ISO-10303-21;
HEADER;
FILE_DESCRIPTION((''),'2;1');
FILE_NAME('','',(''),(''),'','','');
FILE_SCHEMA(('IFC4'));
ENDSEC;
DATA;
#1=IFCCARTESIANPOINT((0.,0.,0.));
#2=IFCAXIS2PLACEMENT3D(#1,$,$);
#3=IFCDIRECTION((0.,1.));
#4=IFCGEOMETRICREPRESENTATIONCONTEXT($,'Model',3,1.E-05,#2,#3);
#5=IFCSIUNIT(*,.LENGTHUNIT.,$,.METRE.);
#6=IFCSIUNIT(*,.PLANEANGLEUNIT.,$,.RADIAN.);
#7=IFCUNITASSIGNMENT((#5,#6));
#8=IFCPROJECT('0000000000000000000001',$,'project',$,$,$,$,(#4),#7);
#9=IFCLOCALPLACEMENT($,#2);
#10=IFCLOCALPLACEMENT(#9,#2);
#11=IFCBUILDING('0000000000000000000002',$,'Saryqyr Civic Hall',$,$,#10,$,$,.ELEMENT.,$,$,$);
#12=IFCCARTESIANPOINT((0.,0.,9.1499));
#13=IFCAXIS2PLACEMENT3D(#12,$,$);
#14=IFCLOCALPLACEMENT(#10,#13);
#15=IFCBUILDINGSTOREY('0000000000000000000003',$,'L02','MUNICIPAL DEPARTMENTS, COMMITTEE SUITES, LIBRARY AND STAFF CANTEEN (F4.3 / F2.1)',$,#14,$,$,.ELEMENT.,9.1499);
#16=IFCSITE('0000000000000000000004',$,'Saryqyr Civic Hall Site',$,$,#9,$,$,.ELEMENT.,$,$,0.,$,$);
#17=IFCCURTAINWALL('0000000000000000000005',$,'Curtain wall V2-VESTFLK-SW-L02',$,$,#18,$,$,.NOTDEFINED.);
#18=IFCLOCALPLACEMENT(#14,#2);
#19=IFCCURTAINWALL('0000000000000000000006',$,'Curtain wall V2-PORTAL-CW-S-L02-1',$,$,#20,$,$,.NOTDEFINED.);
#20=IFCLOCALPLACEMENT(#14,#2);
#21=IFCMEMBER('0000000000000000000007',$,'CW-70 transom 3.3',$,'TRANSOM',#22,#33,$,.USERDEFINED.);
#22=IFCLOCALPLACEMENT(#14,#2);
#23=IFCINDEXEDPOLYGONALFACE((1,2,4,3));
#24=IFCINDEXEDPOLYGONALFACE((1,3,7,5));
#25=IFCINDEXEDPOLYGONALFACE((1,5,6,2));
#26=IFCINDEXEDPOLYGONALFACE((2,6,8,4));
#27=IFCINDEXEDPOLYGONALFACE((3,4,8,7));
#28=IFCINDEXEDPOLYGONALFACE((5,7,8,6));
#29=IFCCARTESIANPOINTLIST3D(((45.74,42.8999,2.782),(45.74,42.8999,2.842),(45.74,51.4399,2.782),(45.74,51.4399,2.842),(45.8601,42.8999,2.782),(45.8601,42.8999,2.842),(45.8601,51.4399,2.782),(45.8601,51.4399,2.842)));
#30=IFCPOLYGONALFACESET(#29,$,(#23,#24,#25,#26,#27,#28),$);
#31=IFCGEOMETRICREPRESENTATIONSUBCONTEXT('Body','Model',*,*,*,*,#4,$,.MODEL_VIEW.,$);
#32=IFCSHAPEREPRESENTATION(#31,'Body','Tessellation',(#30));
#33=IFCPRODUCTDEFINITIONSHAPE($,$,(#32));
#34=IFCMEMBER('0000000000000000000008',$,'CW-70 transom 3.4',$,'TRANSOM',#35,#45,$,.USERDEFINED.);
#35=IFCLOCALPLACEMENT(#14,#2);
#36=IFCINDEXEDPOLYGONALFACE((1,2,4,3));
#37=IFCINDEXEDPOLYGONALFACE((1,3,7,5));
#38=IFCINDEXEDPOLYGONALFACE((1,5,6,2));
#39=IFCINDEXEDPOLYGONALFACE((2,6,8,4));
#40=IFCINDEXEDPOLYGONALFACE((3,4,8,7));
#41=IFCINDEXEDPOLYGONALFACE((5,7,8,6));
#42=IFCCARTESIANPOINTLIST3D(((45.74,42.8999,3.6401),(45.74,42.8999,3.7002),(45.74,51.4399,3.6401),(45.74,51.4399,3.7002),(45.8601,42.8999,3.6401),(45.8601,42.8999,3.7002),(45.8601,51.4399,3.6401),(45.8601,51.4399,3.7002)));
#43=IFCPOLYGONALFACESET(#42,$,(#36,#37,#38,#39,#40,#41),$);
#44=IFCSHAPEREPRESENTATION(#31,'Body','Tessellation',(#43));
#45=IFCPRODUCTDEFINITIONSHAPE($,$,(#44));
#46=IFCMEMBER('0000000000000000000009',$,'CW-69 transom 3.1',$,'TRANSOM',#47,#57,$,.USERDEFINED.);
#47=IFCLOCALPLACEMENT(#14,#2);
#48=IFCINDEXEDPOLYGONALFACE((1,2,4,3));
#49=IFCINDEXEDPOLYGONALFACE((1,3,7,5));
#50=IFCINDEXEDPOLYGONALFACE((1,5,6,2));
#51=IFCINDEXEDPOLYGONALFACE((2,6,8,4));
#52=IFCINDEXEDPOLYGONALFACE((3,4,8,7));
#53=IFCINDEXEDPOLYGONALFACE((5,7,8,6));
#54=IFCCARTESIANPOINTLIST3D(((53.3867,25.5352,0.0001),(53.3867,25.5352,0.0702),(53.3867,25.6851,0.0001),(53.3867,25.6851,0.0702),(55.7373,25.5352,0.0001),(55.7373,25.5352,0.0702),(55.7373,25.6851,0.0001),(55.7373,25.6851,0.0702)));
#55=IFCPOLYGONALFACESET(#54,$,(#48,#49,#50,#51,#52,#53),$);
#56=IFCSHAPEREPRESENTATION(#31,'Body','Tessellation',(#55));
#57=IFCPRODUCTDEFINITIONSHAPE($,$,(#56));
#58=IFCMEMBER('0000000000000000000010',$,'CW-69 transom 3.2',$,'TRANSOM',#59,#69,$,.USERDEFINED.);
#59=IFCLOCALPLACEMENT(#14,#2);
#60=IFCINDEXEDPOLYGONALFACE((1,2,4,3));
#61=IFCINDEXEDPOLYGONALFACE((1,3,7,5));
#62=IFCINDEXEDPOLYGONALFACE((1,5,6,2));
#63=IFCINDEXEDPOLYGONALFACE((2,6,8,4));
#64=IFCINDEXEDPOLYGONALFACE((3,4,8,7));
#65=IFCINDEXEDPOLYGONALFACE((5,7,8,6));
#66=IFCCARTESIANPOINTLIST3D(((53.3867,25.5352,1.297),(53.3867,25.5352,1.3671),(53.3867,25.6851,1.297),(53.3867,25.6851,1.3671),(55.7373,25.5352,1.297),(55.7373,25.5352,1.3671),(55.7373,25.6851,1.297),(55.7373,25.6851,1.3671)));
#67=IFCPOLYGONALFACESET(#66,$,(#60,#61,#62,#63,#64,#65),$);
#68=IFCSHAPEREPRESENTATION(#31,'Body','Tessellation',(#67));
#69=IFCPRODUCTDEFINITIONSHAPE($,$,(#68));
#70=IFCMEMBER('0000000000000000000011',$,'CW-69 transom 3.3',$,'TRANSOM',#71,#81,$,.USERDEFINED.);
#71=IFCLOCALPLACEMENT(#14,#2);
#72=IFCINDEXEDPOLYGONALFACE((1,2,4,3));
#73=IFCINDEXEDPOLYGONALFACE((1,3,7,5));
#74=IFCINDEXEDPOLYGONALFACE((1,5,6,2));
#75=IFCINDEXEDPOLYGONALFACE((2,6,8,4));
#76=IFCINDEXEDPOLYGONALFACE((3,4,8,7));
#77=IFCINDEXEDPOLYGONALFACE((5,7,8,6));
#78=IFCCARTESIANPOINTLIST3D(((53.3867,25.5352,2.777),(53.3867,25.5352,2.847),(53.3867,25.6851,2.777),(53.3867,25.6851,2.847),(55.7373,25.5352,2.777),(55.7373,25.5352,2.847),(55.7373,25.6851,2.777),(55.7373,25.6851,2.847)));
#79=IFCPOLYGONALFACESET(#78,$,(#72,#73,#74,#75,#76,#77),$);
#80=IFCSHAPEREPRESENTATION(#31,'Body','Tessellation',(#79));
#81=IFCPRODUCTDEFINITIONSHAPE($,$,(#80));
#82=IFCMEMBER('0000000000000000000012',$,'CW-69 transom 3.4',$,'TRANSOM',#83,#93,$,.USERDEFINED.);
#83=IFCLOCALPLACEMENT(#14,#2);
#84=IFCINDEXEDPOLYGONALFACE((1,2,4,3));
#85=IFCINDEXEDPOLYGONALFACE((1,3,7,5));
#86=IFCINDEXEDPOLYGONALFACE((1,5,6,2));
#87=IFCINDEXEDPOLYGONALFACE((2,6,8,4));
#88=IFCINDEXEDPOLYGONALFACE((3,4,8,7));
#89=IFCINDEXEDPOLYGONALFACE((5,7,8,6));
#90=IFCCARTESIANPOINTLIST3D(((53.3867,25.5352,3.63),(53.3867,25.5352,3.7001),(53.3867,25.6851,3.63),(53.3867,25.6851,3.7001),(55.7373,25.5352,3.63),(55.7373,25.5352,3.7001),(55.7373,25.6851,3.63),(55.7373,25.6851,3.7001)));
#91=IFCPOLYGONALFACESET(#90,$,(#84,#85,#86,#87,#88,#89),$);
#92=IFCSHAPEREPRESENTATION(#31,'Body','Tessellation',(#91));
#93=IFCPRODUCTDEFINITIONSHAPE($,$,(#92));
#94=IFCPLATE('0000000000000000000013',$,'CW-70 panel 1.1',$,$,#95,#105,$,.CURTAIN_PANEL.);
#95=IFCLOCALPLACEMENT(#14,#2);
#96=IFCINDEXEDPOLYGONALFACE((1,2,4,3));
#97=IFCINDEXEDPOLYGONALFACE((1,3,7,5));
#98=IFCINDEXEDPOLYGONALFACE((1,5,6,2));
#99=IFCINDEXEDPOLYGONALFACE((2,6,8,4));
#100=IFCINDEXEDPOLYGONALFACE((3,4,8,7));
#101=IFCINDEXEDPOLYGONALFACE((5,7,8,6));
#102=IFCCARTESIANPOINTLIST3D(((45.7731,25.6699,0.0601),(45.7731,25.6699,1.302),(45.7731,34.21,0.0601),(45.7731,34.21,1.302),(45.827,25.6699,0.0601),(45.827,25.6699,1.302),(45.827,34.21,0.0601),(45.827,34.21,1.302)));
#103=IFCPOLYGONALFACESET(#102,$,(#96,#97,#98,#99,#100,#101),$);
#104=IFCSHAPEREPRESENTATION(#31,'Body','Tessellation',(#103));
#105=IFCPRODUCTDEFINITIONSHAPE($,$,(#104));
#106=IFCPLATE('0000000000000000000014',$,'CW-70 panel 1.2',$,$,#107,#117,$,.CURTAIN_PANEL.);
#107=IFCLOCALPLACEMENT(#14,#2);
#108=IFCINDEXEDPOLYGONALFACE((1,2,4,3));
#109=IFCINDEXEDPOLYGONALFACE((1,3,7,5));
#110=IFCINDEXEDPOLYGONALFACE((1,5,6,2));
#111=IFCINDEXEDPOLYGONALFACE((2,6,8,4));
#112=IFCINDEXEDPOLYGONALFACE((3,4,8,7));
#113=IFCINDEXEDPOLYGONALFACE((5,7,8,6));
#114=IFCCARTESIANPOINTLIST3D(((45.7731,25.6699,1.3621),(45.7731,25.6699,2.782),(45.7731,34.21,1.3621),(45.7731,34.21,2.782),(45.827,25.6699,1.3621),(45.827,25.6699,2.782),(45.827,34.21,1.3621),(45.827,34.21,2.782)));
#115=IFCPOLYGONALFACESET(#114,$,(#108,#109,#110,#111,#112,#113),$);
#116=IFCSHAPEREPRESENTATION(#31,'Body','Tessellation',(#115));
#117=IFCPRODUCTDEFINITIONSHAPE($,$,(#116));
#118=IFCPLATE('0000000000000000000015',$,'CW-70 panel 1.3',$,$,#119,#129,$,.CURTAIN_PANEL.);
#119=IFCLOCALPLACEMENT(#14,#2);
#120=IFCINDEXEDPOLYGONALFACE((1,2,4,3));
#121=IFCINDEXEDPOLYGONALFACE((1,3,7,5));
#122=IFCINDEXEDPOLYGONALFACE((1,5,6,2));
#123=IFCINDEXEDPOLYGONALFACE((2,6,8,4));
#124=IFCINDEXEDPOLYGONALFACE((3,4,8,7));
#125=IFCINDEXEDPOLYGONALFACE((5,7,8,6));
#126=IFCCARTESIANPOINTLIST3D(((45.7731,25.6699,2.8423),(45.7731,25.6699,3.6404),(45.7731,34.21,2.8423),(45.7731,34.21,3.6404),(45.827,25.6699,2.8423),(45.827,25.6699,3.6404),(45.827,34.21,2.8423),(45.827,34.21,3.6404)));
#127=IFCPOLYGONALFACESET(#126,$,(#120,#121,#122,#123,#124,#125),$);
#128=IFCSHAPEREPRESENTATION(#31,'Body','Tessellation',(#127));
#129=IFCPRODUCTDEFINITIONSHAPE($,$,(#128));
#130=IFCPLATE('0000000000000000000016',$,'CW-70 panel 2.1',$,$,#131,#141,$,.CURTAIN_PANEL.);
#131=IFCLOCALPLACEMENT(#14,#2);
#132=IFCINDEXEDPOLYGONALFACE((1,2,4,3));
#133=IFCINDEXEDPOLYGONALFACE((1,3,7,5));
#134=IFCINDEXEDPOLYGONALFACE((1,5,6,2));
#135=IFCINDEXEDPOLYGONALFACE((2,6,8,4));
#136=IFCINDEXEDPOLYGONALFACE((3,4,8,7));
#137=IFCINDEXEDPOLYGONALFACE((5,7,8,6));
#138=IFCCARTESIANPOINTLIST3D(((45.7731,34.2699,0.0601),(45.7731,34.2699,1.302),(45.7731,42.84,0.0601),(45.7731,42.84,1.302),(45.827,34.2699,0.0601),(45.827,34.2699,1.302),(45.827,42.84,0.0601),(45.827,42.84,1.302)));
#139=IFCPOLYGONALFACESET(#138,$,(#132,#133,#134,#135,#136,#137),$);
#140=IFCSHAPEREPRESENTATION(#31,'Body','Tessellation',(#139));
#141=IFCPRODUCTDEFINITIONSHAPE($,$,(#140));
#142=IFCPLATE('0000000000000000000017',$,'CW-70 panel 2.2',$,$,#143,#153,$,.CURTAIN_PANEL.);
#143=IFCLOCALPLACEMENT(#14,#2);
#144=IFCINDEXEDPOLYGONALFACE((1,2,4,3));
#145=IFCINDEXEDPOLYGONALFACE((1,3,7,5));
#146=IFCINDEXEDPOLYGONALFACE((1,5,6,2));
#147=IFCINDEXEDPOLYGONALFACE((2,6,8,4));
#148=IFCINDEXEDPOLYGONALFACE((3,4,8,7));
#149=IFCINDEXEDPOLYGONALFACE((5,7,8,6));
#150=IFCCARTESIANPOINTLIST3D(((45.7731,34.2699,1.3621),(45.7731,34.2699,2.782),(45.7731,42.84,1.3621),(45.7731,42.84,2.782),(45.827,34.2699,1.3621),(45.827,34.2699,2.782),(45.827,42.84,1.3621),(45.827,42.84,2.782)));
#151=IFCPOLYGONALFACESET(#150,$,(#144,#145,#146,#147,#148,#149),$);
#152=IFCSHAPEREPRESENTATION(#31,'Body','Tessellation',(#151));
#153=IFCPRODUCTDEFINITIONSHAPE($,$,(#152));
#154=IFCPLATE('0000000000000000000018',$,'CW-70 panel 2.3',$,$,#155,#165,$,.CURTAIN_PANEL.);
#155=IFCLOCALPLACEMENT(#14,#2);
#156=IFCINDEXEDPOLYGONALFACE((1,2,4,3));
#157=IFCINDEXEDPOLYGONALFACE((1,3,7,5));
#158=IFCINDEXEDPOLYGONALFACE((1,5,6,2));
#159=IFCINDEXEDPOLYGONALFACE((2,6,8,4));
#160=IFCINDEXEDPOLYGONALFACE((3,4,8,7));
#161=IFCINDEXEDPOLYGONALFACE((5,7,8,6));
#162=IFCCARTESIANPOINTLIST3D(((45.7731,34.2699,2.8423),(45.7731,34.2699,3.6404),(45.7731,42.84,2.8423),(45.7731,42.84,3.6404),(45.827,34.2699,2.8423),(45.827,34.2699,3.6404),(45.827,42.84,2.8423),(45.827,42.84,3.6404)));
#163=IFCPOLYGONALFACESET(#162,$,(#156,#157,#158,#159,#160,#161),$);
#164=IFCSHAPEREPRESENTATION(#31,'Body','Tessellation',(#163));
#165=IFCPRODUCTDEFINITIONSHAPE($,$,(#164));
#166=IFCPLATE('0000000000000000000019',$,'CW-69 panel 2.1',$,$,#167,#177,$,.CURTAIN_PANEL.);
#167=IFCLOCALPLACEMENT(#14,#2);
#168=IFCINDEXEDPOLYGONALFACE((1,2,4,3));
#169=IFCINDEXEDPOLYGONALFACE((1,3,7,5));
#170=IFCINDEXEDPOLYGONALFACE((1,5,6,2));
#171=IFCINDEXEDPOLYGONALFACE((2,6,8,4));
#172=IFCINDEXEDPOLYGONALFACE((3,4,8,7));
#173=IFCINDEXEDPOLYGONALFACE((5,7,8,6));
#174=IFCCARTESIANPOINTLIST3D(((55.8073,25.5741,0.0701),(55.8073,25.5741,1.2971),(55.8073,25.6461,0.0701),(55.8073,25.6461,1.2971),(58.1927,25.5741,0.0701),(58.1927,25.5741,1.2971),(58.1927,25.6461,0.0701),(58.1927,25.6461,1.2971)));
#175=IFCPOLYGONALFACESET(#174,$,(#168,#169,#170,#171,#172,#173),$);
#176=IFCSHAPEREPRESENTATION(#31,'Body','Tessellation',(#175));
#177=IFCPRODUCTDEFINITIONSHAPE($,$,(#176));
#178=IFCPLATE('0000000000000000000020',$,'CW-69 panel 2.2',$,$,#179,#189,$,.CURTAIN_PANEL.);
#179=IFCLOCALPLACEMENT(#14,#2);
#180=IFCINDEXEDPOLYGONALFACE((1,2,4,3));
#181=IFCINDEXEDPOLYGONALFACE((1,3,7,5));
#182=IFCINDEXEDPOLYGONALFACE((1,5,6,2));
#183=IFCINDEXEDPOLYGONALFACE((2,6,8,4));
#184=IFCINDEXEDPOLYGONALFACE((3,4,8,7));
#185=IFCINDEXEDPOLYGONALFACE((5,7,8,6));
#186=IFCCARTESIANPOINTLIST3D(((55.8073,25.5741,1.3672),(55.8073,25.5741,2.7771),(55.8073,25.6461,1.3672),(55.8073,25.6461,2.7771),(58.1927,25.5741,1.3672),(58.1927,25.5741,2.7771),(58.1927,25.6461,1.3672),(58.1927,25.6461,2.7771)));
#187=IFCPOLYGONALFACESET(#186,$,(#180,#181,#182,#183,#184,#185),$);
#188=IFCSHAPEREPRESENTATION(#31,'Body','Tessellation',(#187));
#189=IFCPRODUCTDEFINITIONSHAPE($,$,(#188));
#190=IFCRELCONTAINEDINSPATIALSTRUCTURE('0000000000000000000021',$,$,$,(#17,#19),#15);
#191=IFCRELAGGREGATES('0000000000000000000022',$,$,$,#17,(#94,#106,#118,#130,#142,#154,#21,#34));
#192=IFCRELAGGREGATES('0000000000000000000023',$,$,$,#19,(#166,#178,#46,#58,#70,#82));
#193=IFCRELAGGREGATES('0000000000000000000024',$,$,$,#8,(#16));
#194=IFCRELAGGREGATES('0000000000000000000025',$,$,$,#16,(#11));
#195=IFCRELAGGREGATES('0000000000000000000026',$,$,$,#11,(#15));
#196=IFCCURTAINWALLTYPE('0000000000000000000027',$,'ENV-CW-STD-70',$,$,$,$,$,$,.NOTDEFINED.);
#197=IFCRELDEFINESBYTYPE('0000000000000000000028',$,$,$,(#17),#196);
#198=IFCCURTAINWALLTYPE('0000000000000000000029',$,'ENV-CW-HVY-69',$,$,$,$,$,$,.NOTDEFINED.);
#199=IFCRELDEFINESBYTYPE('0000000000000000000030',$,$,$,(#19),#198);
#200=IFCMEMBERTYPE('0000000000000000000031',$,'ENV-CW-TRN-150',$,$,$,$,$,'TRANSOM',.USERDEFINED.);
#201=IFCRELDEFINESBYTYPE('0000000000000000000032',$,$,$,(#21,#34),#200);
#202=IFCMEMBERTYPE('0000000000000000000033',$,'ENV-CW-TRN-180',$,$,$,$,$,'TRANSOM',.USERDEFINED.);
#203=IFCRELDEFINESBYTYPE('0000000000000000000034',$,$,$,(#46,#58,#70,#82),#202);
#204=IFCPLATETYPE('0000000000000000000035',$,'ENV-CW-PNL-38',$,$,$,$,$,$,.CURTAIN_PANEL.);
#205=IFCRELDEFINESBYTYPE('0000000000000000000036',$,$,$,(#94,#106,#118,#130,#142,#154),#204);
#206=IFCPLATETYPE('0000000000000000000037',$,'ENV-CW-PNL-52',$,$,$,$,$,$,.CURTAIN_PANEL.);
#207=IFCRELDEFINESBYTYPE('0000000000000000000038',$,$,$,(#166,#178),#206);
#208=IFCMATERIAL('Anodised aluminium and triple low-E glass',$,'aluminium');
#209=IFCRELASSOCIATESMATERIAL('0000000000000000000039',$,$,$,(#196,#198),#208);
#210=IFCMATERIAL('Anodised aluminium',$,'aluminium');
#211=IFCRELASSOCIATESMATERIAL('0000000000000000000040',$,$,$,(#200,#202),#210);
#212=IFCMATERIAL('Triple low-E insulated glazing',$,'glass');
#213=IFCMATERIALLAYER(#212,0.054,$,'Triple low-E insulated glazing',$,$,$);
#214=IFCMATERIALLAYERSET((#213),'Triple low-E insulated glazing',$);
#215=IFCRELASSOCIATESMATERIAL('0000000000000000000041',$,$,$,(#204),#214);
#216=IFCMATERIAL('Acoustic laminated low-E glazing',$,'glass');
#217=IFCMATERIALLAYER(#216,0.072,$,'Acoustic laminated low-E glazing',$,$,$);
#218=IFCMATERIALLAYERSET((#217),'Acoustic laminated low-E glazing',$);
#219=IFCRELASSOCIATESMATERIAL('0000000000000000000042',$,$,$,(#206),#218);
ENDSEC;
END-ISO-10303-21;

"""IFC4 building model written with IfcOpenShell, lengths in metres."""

from ifc_helpers import new_model, si_unit, direction, frame, origin, origin_2d, place, context, subcontext, project, spatial, rectangle, extrude, material, layer, layer_set, material_profile, profile_set, type_object, element, aggregate, save


model = new_model("IFC4")

# Units and contexts
model_context = context("Model", 3, precision=1e-05, world=origin(), true_north=direction((0.0, 1.0)))
body_context = subcontext(model_context, "Body", "Model", "MODEL_VIEW")
ifc_project = project(units=[si_unit("LENGTHUNIT", "METRE"), si_unit("PLANEANGLEUNIT", "RADIAN")], contexts=[model_context])

# Site, building, storey
site_placement = place(None, origin())
site = spatial("IfcSite", under=ifc_project, at=site_placement, Name="Saryqyr Civic Hall Site", CompositionType="ELEMENT", RefElevation=0.0)
building_placement = place(site_placement, origin())
building = spatial("IfcBuilding", under=site, at=building_placement, Name="Saryqyr Civic Hall", CompositionType="ELEMENT")
storey_placement = place(building_placement, frame((0.0, 0.0, 9.1499)))
storey = spatial("IfcBuildingStorey", under=building, at=storey_placement, Name="L02", Description="MUNICIPAL DEPARTMENTS, COMMITTEE SUITES, LIBRARY AND STAFF CANTEEN (F4.3 / F2.1)", CompositionType="ELEMENT", Elevation=9.1499)

# Curtain wall
ifc_material_1 = material(Name="Anodised aluminium and triple low-E glass", Category="aluminium")
curtain_wall_type_1 = type_object("IfcCurtainWallType", Name="ENV-CW-STD-70", PredefinedType="NOTDEFINED", material=ifc_material_1)
curtain_wall_1_placement = place(storey_placement, origin())
curtain_wall_1 = element("IfcCurtainWall", 1, at=curtain_wall_1_placement, inside=storey, type_object=curtain_wall_type_1, Name="Curtain wall V2-VESTFLK-SW-L02", PredefinedType="NOTDEFINED")
ifc_material_2 = material(Name="Anodised aluminium", Category="aluminium")

# Curtain wall
curtain_wall_type_2 = type_object("IfcCurtainWallType", Name="ENV-CW-HVY-69", PredefinedType="NOTDEFINED", material=ifc_material_1)
curtain_wall_2_placement = place(storey_placement, origin())
curtain_wall_2 = element("IfcCurtainWall", 2, at=curtain_wall_2_placement, inside=storey, type_object=curtain_wall_type_2, Name="Curtain wall V2-PORTAL-CW-S-L02-1", PredefinedType="NOTDEFINED")

# Members
ifc_material_profile_1 = material_profile(ifc_material_2, rectangle(XDim=0.1201, YDim=0.0601, at=origin_2d()), Name="ALU TRANSOM 120x60")
ifc_profile_set_1 = profile_set([ifc_material_profile_1], Name="Anodised aluminium")
member_type_1 = type_object("IfcMemberType", Name="ENV-CW-TRN-150", ElementType="TRANSOM", PredefinedType="USERDEFINED", material=ifc_profile_set_1)
member_1_placement = place(storey_placement, frame((45.8, 42.8999, 2.812), z_axis=(0.0, 1.0, 0.0), x_axis=(-1.0, 0.0, 0.0)))
member_1 = element("IfcMember", 3, at=member_1_placement, type_object=member_type_1, Name="CW-70 transom 3.3", ObjectType="TRANSOM", PredefinedType="USERDEFINED", context=body_context, shape_type="SweptSolid", body=[
    extrude(rectangle(XDim=0.1201, YDim=0.0601, at=origin_2d()), origin(), (0.0, 0.0, 1.0), 8.54),
])
member_2_placement = place(storey_placement, frame((45.8, 42.8999, 3.6702), z_axis=(0.0, 1.0, 0.0), x_axis=(-1.0, 0.0, 0.0)))
member_2 = element("IfcMember", 4, at=member_2_placement, type_object=member_type_1, Name="CW-70 transom 3.4", ObjectType="TRANSOM", PredefinedType="USERDEFINED", context=body_context, shape_type="SweptSolid", body=[
    extrude(rectangle(XDim=0.1201, YDim=0.0601, at=origin_2d()), origin(), (0.0, 0.0, 1.0), 8.54),
])
ifc_material_profile_2 = material_profile(ifc_material_2, rectangle(XDim=0.1499, YDim=0.0701, at=origin_2d()), Name="ALU TRANSOM 150x70")
ifc_profile_set_2 = profile_set([ifc_material_profile_2], Name="Anodised aluminium")
member_type_2 = type_object("IfcMemberType", Name="ENV-CW-TRN-180", ElementType="TRANSOM", PredefinedType="USERDEFINED", material=ifc_profile_set_2)
member_3_placement = place(storey_placement, frame((55.7373, 25.6101, 0.0352), z_axis=(-1.0, 0.0, 0.0), x_axis=(0.0, -1.0, 0.0)))
member_3 = element("IfcMember", 5, at=member_3_placement, type_object=member_type_2, Name="CW-69 transom 3.1", ObjectType="TRANSOM", PredefinedType="USERDEFINED", context=body_context, shape_type="SweptSolid", body=[
    extrude(rectangle(XDim=0.1499, YDim=0.0701, at=origin_2d()), origin(), (0.0, 0.0, 1.0), 2.3506),
])
member_4_placement = place(storey_placement, frame((55.7373, 25.6101, 1.332), z_axis=(-1.0, 0.0, 0.0), x_axis=(0.0, -1.0, 0.0)))
member_4 = element("IfcMember", 6, at=member_4_placement, type_object=member_type_2, Name="CW-69 transom 3.2", ObjectType="TRANSOM", PredefinedType="USERDEFINED", context=body_context, shape_type="SweptSolid", body=[
    extrude(rectangle(XDim=0.1499, YDim=0.0701, at=origin_2d()), origin(), (0.0, 0.0, 1.0), 2.3506),
])
member_5_placement = place(storey_placement, frame((55.7373, 25.6101, 2.812), z_axis=(-1.0, 0.0, 0.0), x_axis=(0.0, -1.0, 0.0)))
member_5 = element("IfcMember", 7, at=member_5_placement, type_object=member_type_2, Name="CW-69 transom 3.3", ObjectType="TRANSOM", PredefinedType="USERDEFINED", context=body_context, shape_type="SweptSolid", body=[
    extrude(rectangle(XDim=0.1499, YDim=0.0701, at=origin_2d()), origin(), (0.0, 0.0, 1.0), 2.3506),
])
member_6_placement = place(storey_placement, frame((55.7373, 25.6101, 3.665), z_axis=(-1.0, 0.0, 0.0), x_axis=(0.0, -1.0, 0.0)))
member_6 = element("IfcMember", 8, at=member_6_placement, type_object=member_type_2, Name="CW-69 transom 3.4", ObjectType="TRANSOM", PredefinedType="USERDEFINED", context=body_context, shape_type="SweptSolid", body=[
    extrude(rectangle(XDim=0.1499, YDim=0.0701, at=origin_2d()), origin(), (0.0, 0.0, 1.0), 2.3506),
])

# Plates
ifc_material_3 = material(Name="Triple low-E insulated glazing", Category="glass")
ifc_layer_1 = layer(ifc_material_3, 0.054, Name="Triple low-E insulated glazing")
ifc_layer_set_1 = layer_set([ifc_layer_1], Name="Triple low-E insulated glazing")
plate_type_1 = type_object("IfcPlateType", Name="ENV-CW-PNL-38", PredefinedType="CURTAIN_PANEL", material=ifc_layer_set_1)
plate_1_placement = place(storey_placement, frame((45.8, 29.9399, 0.0601), z_axis=(0.0, 0.0, 1.0), x_axis=(0.0, 1.0, 0.0)))
plate_1 = element("IfcPlate", 9, at=plate_1_placement, type_object=plate_type_1, Name="CW-70 panel 1.1", PredefinedType="CURTAIN_PANEL", context=body_context, shape_type="SweptSolid", body=[
    extrude(rectangle(XDim=8.54, YDim=0.054, at=origin_2d()), origin(), (0.0, 0.0, 1.0), 1.2419),
])
plate_2_placement = place(storey_placement, frame((45.8, 29.9399, 1.3621), z_axis=(0.0, 0.0, 1.0), x_axis=(0.0, 1.0, 0.0)))
plate_2 = element("IfcPlate", 10, at=plate_2_placement, type_object=plate_type_1, Name="CW-70 panel 1.2", PredefinedType="CURTAIN_PANEL", context=body_context, shape_type="SweptSolid", body=[
    extrude(rectangle(XDim=8.54, YDim=0.054, at=origin_2d()), origin(), (0.0, 0.0, 1.0), 1.4199),
])
plate_3_placement = place(storey_placement, frame((45.8, 29.9399, 2.8423), z_axis=(0.0, 0.0, 1.0), x_axis=(0.0, 1.0, 0.0)))
plate_3 = element("IfcPlate", 11, at=plate_3_placement, type_object=plate_type_1, Name="CW-70 panel 1.3", PredefinedType="CURTAIN_PANEL", context=body_context, shape_type="SweptSolid", body=[
    extrude(rectangle(XDim=8.54, YDim=0.054, at=origin_2d()), origin(), (0.0, 0.0, 1.0), 0.7981),
])
plate_4_placement = place(storey_placement, frame((45.8, 38.5549, 0.0601), z_axis=(0.0, 0.0, 1.0), x_axis=(0.0, 1.0, 0.0)))
plate_4 = element("IfcPlate", 12, at=plate_4_placement, type_object=plate_type_1, Name="CW-70 panel 2.1", PredefinedType="CURTAIN_PANEL", context=body_context, shape_type="SweptSolid", body=[
    extrude(rectangle(XDim=8.5701, YDim=0.054, at=origin_2d()), origin(), (0.0, 0.0, 1.0), 1.2419),
])
plate_5_placement = place(storey_placement, frame((45.8, 38.5549, 1.3621), z_axis=(0.0, 0.0, 1.0), x_axis=(0.0, 1.0, 0.0)))
plate_5 = element("IfcPlate", 13, at=plate_5_placement, type_object=plate_type_1, Name="CW-70 panel 2.2", PredefinedType="CURTAIN_PANEL", context=body_context, shape_type="SweptSolid", body=[
    extrude(rectangle(XDim=8.5701, YDim=0.054, at=origin_2d()), origin(), (0.0, 0.0, 1.0), 1.4199),
])
plate_6_placement = place(storey_placement, frame((45.8, 38.5549, 2.8423), z_axis=(0.0, 0.0, 1.0), x_axis=(0.0, 1.0, 0.0)))
plate_6 = element("IfcPlate", 14, at=plate_6_placement, type_object=plate_type_1, Name="CW-70 panel 2.3", PredefinedType="CURTAIN_PANEL", context=body_context, shape_type="SweptSolid", body=[
    extrude(rectangle(XDim=8.5701, YDim=0.054, at=origin_2d()), origin(), (0.0, 0.0, 1.0), 0.7981),
])
aggregate(curtain_wall_1, [plate_1, plate_2, plate_3, plate_4, plate_5, plate_6, member_1, member_2])
ifc_material_4 = material(Name="Acoustic laminated low-E glazing", Category="glass")
ifc_layer_2 = layer(ifc_material_4, 0.072, Name="Acoustic laminated low-E glazing")
ifc_layer_set_2 = layer_set([ifc_layer_2], Name="Acoustic laminated low-E glazing")
plate_type_2 = type_object("IfcPlateType", Name="ENV-CW-PNL-52", PredefinedType="CURTAIN_PANEL", material=ifc_layer_set_2)
plate_7_placement = place(storey_placement, frame((57.0, 25.6101, 0.0701), z_axis=(0.0, 0.0, 1.0), x_axis=(-1.0, 0.0, 0.0)))
plate_7 = element("IfcPlate", 15, at=plate_7_placement, type_object=plate_type_2, Name="CW-69 panel 2.1", PredefinedType="CURTAIN_PANEL", context=body_context, shape_type="SweptSolid", body=[
    extrude(rectangle(XDim=2.3855, YDim=0.072, at=origin_2d()), origin(), (0.0, 0.0, 1.0), 1.2271),
])
plate_8_placement = place(storey_placement, frame((57.0, 25.6101, 1.3672), z_axis=(0.0, 0.0, 1.0), x_axis=(-1.0, 0.0, 0.0)))
plate_8 = element("IfcPlate", 16, at=plate_8_placement, type_object=plate_type_2, Name="CW-69 panel 2.2", PredefinedType="CURTAIN_PANEL", context=body_context, shape_type="SweptSolid", body=[
    extrude(rectangle(XDim=2.3855, YDim=0.072, at=origin_2d()), origin(), (0.0, 0.0, 1.0), 1.4099),
])
aggregate(curtain_wall_2, [plate_7, plate_8, member_3, member_4, member_5, member_6])

save(model, "model.ifc")
